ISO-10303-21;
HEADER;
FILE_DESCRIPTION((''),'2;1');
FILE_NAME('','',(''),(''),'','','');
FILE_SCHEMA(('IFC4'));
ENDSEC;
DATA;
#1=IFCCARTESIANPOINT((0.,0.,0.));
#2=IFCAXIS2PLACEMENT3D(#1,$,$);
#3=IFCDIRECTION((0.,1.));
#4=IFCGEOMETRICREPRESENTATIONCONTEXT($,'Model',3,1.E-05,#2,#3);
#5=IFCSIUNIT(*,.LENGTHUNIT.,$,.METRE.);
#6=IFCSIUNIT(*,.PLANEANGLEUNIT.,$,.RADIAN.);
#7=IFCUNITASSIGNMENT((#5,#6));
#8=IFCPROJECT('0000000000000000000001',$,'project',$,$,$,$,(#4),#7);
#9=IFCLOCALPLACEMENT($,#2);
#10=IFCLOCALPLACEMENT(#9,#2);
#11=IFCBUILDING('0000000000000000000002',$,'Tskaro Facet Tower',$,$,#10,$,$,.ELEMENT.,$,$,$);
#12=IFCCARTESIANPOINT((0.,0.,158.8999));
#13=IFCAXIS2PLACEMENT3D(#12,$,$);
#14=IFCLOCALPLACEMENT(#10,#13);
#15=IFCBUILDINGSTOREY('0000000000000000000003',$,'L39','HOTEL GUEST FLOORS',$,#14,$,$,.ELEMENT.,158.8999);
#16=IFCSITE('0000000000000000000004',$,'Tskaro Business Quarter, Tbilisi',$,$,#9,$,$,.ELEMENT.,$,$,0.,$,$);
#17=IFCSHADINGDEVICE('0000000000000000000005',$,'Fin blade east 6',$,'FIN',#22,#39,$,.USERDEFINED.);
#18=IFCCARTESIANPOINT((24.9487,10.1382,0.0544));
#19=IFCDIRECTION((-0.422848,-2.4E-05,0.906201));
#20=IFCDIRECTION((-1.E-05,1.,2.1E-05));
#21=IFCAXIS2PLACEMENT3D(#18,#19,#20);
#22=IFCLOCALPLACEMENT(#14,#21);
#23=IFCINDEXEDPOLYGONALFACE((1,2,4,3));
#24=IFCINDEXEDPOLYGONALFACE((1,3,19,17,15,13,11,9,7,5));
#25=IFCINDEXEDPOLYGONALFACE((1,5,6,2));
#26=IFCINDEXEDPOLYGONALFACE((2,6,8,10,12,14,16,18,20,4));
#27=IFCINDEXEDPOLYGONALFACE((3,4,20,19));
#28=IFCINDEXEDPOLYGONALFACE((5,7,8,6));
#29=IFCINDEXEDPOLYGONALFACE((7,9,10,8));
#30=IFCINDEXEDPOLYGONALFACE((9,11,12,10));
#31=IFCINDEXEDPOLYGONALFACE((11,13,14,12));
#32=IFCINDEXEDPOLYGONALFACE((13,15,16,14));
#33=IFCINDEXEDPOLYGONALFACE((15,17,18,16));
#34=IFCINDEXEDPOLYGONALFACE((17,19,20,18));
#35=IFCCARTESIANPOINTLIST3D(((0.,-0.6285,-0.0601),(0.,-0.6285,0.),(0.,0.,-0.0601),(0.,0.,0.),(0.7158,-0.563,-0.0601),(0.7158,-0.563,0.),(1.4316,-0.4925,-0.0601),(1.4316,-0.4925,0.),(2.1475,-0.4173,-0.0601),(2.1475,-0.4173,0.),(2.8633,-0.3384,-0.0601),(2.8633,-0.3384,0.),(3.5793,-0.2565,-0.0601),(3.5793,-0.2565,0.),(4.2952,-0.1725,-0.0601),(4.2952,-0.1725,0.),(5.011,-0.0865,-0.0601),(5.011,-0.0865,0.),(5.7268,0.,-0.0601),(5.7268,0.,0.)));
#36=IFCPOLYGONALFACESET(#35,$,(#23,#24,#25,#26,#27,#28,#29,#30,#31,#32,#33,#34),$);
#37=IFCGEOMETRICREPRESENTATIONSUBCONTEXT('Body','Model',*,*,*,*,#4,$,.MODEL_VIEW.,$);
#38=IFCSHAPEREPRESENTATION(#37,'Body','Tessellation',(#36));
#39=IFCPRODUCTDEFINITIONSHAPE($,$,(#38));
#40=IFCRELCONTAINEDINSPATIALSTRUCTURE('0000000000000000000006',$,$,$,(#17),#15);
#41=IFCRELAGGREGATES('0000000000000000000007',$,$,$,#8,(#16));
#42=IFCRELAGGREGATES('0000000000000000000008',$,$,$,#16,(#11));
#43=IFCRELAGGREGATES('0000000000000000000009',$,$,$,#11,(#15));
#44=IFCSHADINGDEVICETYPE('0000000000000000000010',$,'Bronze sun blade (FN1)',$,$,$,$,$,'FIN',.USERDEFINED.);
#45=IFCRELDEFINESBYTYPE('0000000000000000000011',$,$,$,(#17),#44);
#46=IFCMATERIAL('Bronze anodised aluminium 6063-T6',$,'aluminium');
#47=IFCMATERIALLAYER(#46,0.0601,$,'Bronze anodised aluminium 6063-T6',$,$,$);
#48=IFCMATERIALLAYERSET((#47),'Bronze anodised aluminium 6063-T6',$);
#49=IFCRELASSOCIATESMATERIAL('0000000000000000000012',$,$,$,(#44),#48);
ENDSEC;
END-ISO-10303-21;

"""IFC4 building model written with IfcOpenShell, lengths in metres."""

from ifc_helpers import new_model, si_unit, direction, frame, origin, place, context, subcontext, project, spatial, polyline, outline, extrude, material, layer, layer_set, type_object, element, save


model = new_model("IFC4")

# Units and contexts
model_context = context("Model", 3, precision=1e-05, world=origin(), true_north=direction((0.0, 1.0)))
body_context = subcontext(model_context, "Body", "Model", "MODEL_VIEW")
ifc_project = project(units=[si_unit("LENGTHUNIT", "METRE"), si_unit("PLANEANGLEUNIT", "RADIAN")], contexts=[model_context])

# Site, building, storey
site_placement = place(None, origin())
site = spatial("IfcSite", under=ifc_project, at=site_placement, Name="Tskaro Business Quarter, Tbilisi", CompositionType="ELEMENT", RefElevation=0.0)
building_placement = place(site_placement, origin())
building = spatial("IfcBuilding", under=site, at=building_placement, Name="Tskaro Facet Tower", CompositionType="ELEMENT")
storey_placement = place(building_placement, frame((0.0, 0.0, 158.8999)))
storey = spatial("IfcBuildingStorey", under=building, at=storey_placement, Name="L39", Description="HOTEL GUEST FLOORS", CompositionType="ELEMENT", Elevation=158.8999)

# Shared definitions
ifc_material_1 = material(Name="Bronze anodised aluminium 6063-T6", Category="aluminium")

# Shading device
ifc_layer_1 = layer(ifc_material_1, 0.0601, Name="Bronze anodised aluminium 6063-T6")
ifc_layer_set_1 = layer_set([ifc_layer_1], Name="Bronze anodised aluminium 6063-T6")
shading_device_type = type_object("IfcShadingDeviceType", Name="Bronze sun blade (FN1)", ElementType="FIN", PredefinedType="USERDEFINED", material=ifc_layer_set_1)
shading_device_1_placement = place(storey_placement, frame((24.9487, 10.1382, 0.0544), z_axis=(-0.422848, -0.000024, 0.906201), x_axis=(-0.00001, 1.0, 0.000021)))
element("IfcShadingDevice", 1, at=shading_device_1_placement, inside=storey, type_object=shading_device_type, Name="Fin blade east 6", ObjectType="FIN", PredefinedType="USERDEFINED", context=body_context, shape_type="SweptSolid", body=[
    extrude(outline(polyline([(0.0, 0.0), (5.7268, 0.0), (5.011, -0.0865), (4.2952, -0.1725), (3.5793, -0.2565), (2.8633, -0.3384), (2.1475, -0.4173), (1.4316, -0.4925), (0.7158, -0.563), (0.0, -0.6285), (0.0, 0.0)])), origin(), (0.0, 0.0, -1.0), 0.0601),
])

save(model, "model.ifc")
